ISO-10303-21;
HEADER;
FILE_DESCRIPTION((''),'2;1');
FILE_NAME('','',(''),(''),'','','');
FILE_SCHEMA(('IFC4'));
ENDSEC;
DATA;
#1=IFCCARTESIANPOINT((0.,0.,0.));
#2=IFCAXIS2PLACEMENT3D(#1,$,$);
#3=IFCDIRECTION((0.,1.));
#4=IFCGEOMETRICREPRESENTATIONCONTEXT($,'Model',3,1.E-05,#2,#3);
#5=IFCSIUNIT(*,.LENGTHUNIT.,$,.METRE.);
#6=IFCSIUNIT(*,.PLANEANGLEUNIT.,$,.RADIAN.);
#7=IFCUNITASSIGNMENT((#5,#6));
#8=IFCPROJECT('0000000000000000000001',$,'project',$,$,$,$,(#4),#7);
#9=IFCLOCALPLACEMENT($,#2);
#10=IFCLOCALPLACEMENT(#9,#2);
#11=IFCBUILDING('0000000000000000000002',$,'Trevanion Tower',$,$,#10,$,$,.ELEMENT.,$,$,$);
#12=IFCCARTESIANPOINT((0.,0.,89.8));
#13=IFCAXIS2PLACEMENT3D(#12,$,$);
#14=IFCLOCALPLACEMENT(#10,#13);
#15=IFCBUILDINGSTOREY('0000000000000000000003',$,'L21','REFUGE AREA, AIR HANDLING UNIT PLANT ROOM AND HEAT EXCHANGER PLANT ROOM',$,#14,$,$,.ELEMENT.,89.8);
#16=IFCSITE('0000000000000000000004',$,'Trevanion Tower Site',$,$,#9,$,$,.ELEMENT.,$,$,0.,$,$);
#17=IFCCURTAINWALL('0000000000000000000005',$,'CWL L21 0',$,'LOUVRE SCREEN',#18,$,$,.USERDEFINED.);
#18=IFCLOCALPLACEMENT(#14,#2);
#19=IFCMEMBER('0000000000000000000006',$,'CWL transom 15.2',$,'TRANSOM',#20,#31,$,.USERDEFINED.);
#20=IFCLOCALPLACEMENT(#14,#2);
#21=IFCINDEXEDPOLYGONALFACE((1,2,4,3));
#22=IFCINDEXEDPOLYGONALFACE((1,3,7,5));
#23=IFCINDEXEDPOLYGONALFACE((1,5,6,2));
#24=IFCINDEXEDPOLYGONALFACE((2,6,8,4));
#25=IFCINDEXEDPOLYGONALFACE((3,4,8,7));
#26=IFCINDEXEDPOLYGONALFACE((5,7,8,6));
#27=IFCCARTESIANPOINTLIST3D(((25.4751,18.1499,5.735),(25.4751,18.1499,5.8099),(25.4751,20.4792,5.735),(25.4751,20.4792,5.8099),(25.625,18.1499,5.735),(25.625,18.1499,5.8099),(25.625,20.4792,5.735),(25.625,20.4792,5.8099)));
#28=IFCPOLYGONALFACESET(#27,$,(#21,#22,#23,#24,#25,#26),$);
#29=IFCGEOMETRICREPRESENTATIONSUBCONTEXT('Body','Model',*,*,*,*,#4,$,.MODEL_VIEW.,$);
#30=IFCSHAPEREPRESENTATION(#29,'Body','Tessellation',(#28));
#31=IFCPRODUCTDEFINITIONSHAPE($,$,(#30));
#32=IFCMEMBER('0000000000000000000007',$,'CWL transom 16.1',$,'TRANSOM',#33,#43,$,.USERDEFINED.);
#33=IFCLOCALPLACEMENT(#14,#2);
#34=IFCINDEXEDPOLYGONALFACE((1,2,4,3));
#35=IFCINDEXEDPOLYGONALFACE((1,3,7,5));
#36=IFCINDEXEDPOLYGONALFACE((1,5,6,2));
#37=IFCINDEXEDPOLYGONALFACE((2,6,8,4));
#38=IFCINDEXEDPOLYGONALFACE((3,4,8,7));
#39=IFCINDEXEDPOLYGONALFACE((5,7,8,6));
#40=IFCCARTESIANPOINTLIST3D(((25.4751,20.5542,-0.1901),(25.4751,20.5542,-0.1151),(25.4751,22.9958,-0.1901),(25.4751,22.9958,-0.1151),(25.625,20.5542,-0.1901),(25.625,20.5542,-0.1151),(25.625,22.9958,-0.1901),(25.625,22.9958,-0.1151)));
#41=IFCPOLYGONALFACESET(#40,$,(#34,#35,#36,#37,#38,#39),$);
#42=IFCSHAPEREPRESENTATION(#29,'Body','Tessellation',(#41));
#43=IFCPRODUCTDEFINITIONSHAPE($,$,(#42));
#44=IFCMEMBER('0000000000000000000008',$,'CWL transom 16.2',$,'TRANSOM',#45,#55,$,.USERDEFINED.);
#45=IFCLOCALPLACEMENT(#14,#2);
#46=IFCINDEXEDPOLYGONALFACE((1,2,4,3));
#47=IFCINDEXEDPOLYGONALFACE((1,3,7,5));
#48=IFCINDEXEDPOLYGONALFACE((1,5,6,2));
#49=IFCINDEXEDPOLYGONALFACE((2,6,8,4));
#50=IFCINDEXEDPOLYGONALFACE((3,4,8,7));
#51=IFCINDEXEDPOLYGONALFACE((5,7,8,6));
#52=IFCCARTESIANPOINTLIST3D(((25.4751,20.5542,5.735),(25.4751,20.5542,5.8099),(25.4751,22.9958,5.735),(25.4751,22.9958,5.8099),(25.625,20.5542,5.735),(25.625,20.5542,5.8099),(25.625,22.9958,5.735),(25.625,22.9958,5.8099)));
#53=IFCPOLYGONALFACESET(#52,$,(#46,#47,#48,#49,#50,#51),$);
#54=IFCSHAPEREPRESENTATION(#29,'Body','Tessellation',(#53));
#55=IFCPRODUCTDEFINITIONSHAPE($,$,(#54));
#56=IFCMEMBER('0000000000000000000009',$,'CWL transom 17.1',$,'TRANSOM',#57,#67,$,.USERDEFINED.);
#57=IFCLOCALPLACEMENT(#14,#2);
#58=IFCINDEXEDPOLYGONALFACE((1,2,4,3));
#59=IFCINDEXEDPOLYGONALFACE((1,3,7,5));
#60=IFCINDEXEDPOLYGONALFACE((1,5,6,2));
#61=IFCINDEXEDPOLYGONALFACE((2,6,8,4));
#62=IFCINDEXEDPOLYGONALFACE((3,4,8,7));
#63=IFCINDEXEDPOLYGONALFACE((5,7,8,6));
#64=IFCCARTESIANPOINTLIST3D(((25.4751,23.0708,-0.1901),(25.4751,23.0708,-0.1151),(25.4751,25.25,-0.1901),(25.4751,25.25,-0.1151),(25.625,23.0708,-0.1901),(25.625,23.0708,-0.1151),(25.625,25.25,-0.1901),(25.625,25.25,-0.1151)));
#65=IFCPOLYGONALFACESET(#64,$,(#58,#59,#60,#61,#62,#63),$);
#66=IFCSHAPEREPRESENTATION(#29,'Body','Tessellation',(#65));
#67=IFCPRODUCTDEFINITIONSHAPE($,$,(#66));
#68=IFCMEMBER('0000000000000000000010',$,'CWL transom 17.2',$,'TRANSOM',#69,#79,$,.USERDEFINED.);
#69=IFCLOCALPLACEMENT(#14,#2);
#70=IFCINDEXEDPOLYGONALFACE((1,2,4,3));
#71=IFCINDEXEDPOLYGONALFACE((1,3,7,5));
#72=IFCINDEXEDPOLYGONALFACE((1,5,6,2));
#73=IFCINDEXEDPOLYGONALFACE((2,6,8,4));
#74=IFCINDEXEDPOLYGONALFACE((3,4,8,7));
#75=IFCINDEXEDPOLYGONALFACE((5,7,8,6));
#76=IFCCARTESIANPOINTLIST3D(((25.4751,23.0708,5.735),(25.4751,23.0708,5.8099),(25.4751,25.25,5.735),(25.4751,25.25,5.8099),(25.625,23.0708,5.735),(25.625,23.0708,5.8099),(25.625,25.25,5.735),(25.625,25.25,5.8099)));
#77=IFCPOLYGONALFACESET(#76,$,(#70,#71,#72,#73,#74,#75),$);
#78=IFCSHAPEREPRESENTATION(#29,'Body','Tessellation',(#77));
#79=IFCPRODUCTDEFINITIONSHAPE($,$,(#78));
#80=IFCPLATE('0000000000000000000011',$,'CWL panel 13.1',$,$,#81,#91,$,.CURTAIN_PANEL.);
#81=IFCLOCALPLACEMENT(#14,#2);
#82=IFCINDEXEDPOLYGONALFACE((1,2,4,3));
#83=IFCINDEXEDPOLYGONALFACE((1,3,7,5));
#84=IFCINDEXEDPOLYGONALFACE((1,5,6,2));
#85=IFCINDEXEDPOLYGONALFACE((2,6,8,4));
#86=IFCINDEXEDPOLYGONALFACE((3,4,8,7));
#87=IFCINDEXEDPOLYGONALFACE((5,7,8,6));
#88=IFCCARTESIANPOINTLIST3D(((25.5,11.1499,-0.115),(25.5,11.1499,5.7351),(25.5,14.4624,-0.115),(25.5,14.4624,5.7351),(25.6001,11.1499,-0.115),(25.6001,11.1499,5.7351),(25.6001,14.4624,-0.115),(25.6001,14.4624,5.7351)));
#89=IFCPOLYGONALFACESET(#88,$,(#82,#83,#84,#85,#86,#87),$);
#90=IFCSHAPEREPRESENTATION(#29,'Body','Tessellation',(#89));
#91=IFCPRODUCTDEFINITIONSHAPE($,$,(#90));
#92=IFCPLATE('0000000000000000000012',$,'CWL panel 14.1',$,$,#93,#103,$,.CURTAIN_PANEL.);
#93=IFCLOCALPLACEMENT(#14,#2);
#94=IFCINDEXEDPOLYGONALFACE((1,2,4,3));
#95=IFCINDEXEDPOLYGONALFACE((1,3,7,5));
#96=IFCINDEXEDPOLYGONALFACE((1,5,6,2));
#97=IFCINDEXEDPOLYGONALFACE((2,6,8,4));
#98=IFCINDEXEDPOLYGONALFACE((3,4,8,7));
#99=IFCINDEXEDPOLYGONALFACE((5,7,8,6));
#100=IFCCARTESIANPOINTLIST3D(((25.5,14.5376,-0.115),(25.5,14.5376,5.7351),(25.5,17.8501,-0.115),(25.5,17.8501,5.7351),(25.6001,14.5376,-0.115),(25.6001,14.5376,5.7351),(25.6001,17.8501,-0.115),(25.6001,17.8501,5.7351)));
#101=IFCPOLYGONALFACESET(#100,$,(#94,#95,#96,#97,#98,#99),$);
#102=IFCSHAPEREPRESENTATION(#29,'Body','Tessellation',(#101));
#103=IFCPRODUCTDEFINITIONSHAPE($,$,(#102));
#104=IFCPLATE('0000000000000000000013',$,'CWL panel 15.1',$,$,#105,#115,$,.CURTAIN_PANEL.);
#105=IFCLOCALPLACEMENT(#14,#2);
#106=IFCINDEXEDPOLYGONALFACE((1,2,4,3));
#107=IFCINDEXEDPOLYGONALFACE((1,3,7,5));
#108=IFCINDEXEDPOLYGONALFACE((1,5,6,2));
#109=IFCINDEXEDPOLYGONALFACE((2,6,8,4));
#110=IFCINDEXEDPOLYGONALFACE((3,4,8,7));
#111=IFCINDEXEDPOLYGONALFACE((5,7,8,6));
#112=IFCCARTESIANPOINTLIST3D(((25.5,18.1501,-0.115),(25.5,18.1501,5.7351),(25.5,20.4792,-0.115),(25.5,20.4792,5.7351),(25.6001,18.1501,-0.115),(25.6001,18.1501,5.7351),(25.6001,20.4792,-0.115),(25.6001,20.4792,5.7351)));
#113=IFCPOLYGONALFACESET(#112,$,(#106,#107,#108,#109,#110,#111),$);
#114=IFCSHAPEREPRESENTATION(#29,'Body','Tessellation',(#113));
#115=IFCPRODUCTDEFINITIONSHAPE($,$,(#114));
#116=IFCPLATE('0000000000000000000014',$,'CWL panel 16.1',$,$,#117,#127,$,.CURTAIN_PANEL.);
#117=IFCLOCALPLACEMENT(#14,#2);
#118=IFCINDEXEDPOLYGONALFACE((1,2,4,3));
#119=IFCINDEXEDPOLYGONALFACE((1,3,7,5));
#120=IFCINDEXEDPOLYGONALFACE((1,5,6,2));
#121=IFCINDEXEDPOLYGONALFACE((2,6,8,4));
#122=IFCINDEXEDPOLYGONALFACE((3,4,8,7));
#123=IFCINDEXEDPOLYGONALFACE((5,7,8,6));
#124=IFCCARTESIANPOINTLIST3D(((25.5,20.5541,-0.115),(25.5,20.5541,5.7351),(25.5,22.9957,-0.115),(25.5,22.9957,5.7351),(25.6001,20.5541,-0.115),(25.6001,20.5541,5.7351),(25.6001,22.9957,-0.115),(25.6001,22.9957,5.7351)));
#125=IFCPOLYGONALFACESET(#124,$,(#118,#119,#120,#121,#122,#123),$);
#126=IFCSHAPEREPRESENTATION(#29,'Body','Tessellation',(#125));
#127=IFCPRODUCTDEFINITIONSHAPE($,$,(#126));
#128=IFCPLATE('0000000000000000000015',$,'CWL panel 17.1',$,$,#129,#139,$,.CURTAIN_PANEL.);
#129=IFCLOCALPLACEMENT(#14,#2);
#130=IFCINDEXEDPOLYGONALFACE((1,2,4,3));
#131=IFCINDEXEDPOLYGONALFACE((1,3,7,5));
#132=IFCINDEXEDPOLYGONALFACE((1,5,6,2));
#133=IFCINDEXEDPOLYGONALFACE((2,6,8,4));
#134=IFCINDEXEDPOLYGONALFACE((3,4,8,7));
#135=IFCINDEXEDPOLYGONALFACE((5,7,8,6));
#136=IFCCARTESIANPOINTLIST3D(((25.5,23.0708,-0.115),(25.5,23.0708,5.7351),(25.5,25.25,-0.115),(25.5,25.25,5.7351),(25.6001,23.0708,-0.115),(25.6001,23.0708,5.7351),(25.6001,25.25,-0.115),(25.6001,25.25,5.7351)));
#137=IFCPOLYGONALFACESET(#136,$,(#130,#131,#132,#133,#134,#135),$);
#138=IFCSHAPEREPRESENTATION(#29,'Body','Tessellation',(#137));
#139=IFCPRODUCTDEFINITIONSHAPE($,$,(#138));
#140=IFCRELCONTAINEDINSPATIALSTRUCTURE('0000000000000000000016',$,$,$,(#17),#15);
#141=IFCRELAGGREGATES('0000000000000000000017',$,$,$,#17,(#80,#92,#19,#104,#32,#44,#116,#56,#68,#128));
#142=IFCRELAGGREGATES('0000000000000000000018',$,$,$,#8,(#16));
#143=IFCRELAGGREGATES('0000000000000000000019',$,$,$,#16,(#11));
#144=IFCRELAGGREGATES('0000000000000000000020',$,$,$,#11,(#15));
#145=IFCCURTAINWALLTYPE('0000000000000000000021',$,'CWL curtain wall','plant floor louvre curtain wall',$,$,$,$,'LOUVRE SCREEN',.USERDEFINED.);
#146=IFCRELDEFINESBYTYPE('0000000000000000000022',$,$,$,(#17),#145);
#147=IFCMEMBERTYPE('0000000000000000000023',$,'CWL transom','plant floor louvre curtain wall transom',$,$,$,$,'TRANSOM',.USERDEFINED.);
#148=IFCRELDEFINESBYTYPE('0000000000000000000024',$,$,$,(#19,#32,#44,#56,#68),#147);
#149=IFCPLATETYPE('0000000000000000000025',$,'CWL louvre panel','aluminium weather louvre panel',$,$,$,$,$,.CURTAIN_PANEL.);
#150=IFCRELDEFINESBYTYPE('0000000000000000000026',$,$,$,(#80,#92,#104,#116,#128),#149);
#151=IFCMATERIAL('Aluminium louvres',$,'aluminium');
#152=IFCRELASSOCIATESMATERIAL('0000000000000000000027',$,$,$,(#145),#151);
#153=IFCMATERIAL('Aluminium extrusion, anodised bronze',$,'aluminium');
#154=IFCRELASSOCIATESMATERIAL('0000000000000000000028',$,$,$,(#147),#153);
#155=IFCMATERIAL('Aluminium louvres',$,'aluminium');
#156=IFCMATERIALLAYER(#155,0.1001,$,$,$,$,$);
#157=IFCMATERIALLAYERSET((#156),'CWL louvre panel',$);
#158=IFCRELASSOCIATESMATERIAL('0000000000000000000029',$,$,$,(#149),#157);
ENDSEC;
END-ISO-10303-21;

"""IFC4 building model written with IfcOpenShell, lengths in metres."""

from ifc_helpers import new_model, si_unit, direction, frame, origin, origin_2d, place, context, subcontext, project, spatial, rectangle, extrude, material, layer, layer_set, material_profile, profile_set, type_object, element, aggregate, save


model = new_model("IFC4")

# Units and contexts
model_context = context("Model", 3, precision=1e-05, world=origin(), true_north=direction((0.0, 1.0)))
body_context = subcontext(model_context, "Body", "Model", "MODEL_VIEW")
ifc_project = project(units=[si_unit("LENGTHUNIT", "METRE"), si_unit("PLANEANGLEUNIT", "RADIAN")], contexts=[model_context])

# Site, building, storey
site_placement = place(None, origin())
site = spatial("IfcSite", under=ifc_project, at=site_placement, Name="Trevanion Tower Site", CompositionType="ELEMENT", RefElevation=0.0)
building_placement = place(site_placement, origin())
building = spatial("IfcBuilding", under=site, at=building_placement, Name="Trevanion Tower", CompositionType="ELEMENT")
storey_placement = place(building_placement, frame((0.0, 0.0, 89.8)))
storey = spatial("IfcBuildingStorey", under=building, at=storey_placement, Name="L21", Description="REFUGE AREA, AIR HANDLING UNIT PLANT ROOM AND HEAT EXCHANGER PLANT ROOM", CompositionType="ELEMENT", Elevation=89.8)

# Curtain wall, members, plates
ifc_material_1 = material(Name="Aluminium louvres", Category="aluminium")
curtain_wall_type = type_object("IfcCurtainWallType", Name="CWL curtain wall", Description="plant floor louvre curtain wall", ElementType="LOUVRE SCREEN", PredefinedType="USERDEFINED", material=ifc_material_1)
curtain_wall_placement = place(storey_placement, origin())
curtain_wall = element("IfcCurtainWall", 1, at=curtain_wall_placement, inside=storey, type_object=curtain_wall_type, Name="CWL L21 0", ObjectType="LOUVRE SCREEN", PredefinedType="USERDEFINED")
ifc_material_2 = material(Name="Aluminium extrusion, anodised bronze", Category="aluminium")
ifc_material_profile_1 = material_profile(ifc_material_2, rectangle(XDim=0.1499, YDim=0.075, at=origin_2d()), Name="CWL transom")
ifc_profile_set_1 = profile_set([ifc_material_profile_1], Name="Aluminium extrusion, anodised bronze")
member_type_1 = type_object("IfcMemberType", Name="CWL transom", Description="plant floor louvre curtain wall transom", ElementType="TRANSOM", PredefinedType="USERDEFINED", material=ifc_profile_set_1)
member_1_placement = place(storey_placement, frame((25.55, 18.1499, 5.7725), z_axis=(0.0, 1.0, 0.0), x_axis=(-1.0, 0.0, 0.0)))
member_1 = element("IfcMember", 2, at=member_1_placement, type_object=member_type_1, Name="CWL transom 15.2", ObjectType="TRANSOM", PredefinedType="USERDEFINED", context=body_context, shape_type="SweptSolid", body=[
    extrude(rectangle(XDim=0.1499, YDim=0.075, at=origin_2d()), origin(), (0.0, 0.0, 1.0), 2.3293),
])
member_2_placement = place(storey_placement, frame((25.55, 20.5542, -0.1526), z_axis=(0.0, 1.0, 0.0), x_axis=(-1.0, 0.0, 0.0)))
member_2 = element("IfcMember", 3, at=member_2_placement, type_object=member_type_1, Name="CWL transom 16.1", ObjectType="TRANSOM", PredefinedType="USERDEFINED", context=body_context, shape_type="SweptSolid", body=[
    extrude(rectangle(XDim=0.1499, YDim=0.075, at=origin_2d()), origin(), (0.0, 0.0, 1.0), 2.4417),
])
member_3_placement = place(storey_placement, frame((25.55, 20.5542, 5.7725), z_axis=(0.0, 1.0, 0.0), x_axis=(-1.0, 0.0, 0.0)))
member_3 = element("IfcMember", 4, at=member_3_placement, type_object=member_type_1, Name="CWL transom 16.2", ObjectType="TRANSOM", PredefinedType="USERDEFINED", context=body_context, shape_type="SweptSolid", body=[
    extrude(rectangle(XDim=0.1499, YDim=0.075, at=origin_2d()), origin(), (0.0, 0.0, 1.0), 2.4417),
])
member_4_placement = place(storey_placement, frame((25.55, 23.0708, -0.1526), z_axis=(0.0, 1.0, 0.0), x_axis=(-1.0, 0.0, 0.0)))
member_4 = element("IfcMember", 5, at=member_4_placement, type_object=member_type_1, Name="CWL transom 17.1", ObjectType="TRANSOM", PredefinedType="USERDEFINED", context=body_context, shape_type="SweptSolid", body=[
    extrude(rectangle(XDim=0.1499, YDim=0.075, at=origin_2d()), origin(), (0.0, 0.0, 1.0), 2.1792),
])
member_5_placement = place(storey_placement, frame((25.55, 23.0708, 5.7725), z_axis=(0.0, 1.0, 0.0), x_axis=(-1.0, 0.0, 0.0)))
member_5 = element("IfcMember", 6, at=member_5_placement, type_object=member_type_1, Name="CWL transom 17.2", ObjectType="TRANSOM", PredefinedType="USERDEFINED", context=body_context, shape_type="SweptSolid", body=[
    extrude(rectangle(XDim=0.1499, YDim=0.075, at=origin_2d()), origin(), (0.0, 0.0, 1.0), 2.1792),
])
ifc_material_3 = material(Name="Aluminium louvres", Category="aluminium")
ifc_layer = layer(ifc_material_3, 0.1001)
ifc_layer_set = layer_set([ifc_layer], Name="CWL louvre panel")
plate_type = type_object("IfcPlateType", Name="CWL louvre panel", Description="aluminium weather louvre panel", PredefinedType="CURTAIN_PANEL", material=ifc_layer_set)
plate_1_placement = place(storey_placement, frame((25.55, 12.8062, -0.115), z_axis=(0.0, 0.0, 1.0), x_axis=(0.0, 1.0, 0.0)))
plate_1 = element("IfcPlate", 7, at=plate_1_placement, type_object=plate_type, Name="CWL panel 13.1", PredefinedType="CURTAIN_PANEL", context=body_context, shape_type="SweptSolid", body=[
    extrude(rectangle(XDim=3.3125, YDim=0.1001, at=origin_2d()), origin(), (0.0, 0.0, 1.0), 5.8501),
])
plate_2_placement = place(storey_placement, frame((25.55, 16.1938, -0.115), z_axis=(0.0, 0.0, 1.0), x_axis=(0.0, 1.0, 0.0)))
plate_2 = element("IfcPlate", 8, at=plate_2_placement, type_object=plate_type, Name="CWL panel 14.1", PredefinedType="CURTAIN_PANEL", context=body_context, shape_type="SweptSolid", body=[
    extrude(rectangle(XDim=3.3125, YDim=0.1001, at=origin_2d()), origin(), (0.0, 0.0, 1.0), 5.8501),
])
plate_3_placement = place(storey_placement, frame((25.55, 19.3147, -0.115), z_axis=(0.0, 0.0, 1.0), x_axis=(0.0, 1.0, 0.0)))
plate_3 = element("IfcPlate", 9, at=plate_3_placement, type_object=plate_type, Name="CWL panel 15.1", PredefinedType="CURTAIN_PANEL", context=body_context, shape_type="SweptSolid", body=[
    extrude(rectangle(XDim=2.3291, YDim=0.1001, at=origin_2d()), origin(), (0.0, 0.0, 1.0), 5.8501),
])
plate_4_placement = place(storey_placement, frame((25.55, 21.7749, -0.115), z_axis=(0.0, 0.0, 1.0), x_axis=(0.0, 1.0, 0.0)))
plate_4 = element("IfcPlate", 10, at=plate_4_placement, type_object=plate_type, Name="CWL panel 16.1", PredefinedType="CURTAIN_PANEL", context=body_context, shape_type="SweptSolid", body=[
    extrude(rectangle(XDim=2.4417, YDim=0.1001, at=origin_2d()), origin(), (0.0, 0.0, 1.0), 5.8501),
])
plate_5_placement = place(storey_placement, frame((25.55, 24.1604, -0.115), z_axis=(0.0, 0.0, 1.0), x_axis=(0.0, 1.0, 0.0)))
plate_5 = element("IfcPlate", 11, at=plate_5_placement, type_object=plate_type, Name="CWL panel 17.1", PredefinedType="CURTAIN_PANEL", context=body_context, shape_type="SweptSolid", body=[
    extrude(rectangle(XDim=2.1792, YDim=0.1001, at=origin_2d()), origin(), (0.0, 0.0, 1.0), 5.8501),
])
aggregate(curtain_wall, [plate_1, plate_2, member_1, plate_3, member_2, member_3, plate_4, member_4, member_5, plate_5])

save(model, "model.ifc")
